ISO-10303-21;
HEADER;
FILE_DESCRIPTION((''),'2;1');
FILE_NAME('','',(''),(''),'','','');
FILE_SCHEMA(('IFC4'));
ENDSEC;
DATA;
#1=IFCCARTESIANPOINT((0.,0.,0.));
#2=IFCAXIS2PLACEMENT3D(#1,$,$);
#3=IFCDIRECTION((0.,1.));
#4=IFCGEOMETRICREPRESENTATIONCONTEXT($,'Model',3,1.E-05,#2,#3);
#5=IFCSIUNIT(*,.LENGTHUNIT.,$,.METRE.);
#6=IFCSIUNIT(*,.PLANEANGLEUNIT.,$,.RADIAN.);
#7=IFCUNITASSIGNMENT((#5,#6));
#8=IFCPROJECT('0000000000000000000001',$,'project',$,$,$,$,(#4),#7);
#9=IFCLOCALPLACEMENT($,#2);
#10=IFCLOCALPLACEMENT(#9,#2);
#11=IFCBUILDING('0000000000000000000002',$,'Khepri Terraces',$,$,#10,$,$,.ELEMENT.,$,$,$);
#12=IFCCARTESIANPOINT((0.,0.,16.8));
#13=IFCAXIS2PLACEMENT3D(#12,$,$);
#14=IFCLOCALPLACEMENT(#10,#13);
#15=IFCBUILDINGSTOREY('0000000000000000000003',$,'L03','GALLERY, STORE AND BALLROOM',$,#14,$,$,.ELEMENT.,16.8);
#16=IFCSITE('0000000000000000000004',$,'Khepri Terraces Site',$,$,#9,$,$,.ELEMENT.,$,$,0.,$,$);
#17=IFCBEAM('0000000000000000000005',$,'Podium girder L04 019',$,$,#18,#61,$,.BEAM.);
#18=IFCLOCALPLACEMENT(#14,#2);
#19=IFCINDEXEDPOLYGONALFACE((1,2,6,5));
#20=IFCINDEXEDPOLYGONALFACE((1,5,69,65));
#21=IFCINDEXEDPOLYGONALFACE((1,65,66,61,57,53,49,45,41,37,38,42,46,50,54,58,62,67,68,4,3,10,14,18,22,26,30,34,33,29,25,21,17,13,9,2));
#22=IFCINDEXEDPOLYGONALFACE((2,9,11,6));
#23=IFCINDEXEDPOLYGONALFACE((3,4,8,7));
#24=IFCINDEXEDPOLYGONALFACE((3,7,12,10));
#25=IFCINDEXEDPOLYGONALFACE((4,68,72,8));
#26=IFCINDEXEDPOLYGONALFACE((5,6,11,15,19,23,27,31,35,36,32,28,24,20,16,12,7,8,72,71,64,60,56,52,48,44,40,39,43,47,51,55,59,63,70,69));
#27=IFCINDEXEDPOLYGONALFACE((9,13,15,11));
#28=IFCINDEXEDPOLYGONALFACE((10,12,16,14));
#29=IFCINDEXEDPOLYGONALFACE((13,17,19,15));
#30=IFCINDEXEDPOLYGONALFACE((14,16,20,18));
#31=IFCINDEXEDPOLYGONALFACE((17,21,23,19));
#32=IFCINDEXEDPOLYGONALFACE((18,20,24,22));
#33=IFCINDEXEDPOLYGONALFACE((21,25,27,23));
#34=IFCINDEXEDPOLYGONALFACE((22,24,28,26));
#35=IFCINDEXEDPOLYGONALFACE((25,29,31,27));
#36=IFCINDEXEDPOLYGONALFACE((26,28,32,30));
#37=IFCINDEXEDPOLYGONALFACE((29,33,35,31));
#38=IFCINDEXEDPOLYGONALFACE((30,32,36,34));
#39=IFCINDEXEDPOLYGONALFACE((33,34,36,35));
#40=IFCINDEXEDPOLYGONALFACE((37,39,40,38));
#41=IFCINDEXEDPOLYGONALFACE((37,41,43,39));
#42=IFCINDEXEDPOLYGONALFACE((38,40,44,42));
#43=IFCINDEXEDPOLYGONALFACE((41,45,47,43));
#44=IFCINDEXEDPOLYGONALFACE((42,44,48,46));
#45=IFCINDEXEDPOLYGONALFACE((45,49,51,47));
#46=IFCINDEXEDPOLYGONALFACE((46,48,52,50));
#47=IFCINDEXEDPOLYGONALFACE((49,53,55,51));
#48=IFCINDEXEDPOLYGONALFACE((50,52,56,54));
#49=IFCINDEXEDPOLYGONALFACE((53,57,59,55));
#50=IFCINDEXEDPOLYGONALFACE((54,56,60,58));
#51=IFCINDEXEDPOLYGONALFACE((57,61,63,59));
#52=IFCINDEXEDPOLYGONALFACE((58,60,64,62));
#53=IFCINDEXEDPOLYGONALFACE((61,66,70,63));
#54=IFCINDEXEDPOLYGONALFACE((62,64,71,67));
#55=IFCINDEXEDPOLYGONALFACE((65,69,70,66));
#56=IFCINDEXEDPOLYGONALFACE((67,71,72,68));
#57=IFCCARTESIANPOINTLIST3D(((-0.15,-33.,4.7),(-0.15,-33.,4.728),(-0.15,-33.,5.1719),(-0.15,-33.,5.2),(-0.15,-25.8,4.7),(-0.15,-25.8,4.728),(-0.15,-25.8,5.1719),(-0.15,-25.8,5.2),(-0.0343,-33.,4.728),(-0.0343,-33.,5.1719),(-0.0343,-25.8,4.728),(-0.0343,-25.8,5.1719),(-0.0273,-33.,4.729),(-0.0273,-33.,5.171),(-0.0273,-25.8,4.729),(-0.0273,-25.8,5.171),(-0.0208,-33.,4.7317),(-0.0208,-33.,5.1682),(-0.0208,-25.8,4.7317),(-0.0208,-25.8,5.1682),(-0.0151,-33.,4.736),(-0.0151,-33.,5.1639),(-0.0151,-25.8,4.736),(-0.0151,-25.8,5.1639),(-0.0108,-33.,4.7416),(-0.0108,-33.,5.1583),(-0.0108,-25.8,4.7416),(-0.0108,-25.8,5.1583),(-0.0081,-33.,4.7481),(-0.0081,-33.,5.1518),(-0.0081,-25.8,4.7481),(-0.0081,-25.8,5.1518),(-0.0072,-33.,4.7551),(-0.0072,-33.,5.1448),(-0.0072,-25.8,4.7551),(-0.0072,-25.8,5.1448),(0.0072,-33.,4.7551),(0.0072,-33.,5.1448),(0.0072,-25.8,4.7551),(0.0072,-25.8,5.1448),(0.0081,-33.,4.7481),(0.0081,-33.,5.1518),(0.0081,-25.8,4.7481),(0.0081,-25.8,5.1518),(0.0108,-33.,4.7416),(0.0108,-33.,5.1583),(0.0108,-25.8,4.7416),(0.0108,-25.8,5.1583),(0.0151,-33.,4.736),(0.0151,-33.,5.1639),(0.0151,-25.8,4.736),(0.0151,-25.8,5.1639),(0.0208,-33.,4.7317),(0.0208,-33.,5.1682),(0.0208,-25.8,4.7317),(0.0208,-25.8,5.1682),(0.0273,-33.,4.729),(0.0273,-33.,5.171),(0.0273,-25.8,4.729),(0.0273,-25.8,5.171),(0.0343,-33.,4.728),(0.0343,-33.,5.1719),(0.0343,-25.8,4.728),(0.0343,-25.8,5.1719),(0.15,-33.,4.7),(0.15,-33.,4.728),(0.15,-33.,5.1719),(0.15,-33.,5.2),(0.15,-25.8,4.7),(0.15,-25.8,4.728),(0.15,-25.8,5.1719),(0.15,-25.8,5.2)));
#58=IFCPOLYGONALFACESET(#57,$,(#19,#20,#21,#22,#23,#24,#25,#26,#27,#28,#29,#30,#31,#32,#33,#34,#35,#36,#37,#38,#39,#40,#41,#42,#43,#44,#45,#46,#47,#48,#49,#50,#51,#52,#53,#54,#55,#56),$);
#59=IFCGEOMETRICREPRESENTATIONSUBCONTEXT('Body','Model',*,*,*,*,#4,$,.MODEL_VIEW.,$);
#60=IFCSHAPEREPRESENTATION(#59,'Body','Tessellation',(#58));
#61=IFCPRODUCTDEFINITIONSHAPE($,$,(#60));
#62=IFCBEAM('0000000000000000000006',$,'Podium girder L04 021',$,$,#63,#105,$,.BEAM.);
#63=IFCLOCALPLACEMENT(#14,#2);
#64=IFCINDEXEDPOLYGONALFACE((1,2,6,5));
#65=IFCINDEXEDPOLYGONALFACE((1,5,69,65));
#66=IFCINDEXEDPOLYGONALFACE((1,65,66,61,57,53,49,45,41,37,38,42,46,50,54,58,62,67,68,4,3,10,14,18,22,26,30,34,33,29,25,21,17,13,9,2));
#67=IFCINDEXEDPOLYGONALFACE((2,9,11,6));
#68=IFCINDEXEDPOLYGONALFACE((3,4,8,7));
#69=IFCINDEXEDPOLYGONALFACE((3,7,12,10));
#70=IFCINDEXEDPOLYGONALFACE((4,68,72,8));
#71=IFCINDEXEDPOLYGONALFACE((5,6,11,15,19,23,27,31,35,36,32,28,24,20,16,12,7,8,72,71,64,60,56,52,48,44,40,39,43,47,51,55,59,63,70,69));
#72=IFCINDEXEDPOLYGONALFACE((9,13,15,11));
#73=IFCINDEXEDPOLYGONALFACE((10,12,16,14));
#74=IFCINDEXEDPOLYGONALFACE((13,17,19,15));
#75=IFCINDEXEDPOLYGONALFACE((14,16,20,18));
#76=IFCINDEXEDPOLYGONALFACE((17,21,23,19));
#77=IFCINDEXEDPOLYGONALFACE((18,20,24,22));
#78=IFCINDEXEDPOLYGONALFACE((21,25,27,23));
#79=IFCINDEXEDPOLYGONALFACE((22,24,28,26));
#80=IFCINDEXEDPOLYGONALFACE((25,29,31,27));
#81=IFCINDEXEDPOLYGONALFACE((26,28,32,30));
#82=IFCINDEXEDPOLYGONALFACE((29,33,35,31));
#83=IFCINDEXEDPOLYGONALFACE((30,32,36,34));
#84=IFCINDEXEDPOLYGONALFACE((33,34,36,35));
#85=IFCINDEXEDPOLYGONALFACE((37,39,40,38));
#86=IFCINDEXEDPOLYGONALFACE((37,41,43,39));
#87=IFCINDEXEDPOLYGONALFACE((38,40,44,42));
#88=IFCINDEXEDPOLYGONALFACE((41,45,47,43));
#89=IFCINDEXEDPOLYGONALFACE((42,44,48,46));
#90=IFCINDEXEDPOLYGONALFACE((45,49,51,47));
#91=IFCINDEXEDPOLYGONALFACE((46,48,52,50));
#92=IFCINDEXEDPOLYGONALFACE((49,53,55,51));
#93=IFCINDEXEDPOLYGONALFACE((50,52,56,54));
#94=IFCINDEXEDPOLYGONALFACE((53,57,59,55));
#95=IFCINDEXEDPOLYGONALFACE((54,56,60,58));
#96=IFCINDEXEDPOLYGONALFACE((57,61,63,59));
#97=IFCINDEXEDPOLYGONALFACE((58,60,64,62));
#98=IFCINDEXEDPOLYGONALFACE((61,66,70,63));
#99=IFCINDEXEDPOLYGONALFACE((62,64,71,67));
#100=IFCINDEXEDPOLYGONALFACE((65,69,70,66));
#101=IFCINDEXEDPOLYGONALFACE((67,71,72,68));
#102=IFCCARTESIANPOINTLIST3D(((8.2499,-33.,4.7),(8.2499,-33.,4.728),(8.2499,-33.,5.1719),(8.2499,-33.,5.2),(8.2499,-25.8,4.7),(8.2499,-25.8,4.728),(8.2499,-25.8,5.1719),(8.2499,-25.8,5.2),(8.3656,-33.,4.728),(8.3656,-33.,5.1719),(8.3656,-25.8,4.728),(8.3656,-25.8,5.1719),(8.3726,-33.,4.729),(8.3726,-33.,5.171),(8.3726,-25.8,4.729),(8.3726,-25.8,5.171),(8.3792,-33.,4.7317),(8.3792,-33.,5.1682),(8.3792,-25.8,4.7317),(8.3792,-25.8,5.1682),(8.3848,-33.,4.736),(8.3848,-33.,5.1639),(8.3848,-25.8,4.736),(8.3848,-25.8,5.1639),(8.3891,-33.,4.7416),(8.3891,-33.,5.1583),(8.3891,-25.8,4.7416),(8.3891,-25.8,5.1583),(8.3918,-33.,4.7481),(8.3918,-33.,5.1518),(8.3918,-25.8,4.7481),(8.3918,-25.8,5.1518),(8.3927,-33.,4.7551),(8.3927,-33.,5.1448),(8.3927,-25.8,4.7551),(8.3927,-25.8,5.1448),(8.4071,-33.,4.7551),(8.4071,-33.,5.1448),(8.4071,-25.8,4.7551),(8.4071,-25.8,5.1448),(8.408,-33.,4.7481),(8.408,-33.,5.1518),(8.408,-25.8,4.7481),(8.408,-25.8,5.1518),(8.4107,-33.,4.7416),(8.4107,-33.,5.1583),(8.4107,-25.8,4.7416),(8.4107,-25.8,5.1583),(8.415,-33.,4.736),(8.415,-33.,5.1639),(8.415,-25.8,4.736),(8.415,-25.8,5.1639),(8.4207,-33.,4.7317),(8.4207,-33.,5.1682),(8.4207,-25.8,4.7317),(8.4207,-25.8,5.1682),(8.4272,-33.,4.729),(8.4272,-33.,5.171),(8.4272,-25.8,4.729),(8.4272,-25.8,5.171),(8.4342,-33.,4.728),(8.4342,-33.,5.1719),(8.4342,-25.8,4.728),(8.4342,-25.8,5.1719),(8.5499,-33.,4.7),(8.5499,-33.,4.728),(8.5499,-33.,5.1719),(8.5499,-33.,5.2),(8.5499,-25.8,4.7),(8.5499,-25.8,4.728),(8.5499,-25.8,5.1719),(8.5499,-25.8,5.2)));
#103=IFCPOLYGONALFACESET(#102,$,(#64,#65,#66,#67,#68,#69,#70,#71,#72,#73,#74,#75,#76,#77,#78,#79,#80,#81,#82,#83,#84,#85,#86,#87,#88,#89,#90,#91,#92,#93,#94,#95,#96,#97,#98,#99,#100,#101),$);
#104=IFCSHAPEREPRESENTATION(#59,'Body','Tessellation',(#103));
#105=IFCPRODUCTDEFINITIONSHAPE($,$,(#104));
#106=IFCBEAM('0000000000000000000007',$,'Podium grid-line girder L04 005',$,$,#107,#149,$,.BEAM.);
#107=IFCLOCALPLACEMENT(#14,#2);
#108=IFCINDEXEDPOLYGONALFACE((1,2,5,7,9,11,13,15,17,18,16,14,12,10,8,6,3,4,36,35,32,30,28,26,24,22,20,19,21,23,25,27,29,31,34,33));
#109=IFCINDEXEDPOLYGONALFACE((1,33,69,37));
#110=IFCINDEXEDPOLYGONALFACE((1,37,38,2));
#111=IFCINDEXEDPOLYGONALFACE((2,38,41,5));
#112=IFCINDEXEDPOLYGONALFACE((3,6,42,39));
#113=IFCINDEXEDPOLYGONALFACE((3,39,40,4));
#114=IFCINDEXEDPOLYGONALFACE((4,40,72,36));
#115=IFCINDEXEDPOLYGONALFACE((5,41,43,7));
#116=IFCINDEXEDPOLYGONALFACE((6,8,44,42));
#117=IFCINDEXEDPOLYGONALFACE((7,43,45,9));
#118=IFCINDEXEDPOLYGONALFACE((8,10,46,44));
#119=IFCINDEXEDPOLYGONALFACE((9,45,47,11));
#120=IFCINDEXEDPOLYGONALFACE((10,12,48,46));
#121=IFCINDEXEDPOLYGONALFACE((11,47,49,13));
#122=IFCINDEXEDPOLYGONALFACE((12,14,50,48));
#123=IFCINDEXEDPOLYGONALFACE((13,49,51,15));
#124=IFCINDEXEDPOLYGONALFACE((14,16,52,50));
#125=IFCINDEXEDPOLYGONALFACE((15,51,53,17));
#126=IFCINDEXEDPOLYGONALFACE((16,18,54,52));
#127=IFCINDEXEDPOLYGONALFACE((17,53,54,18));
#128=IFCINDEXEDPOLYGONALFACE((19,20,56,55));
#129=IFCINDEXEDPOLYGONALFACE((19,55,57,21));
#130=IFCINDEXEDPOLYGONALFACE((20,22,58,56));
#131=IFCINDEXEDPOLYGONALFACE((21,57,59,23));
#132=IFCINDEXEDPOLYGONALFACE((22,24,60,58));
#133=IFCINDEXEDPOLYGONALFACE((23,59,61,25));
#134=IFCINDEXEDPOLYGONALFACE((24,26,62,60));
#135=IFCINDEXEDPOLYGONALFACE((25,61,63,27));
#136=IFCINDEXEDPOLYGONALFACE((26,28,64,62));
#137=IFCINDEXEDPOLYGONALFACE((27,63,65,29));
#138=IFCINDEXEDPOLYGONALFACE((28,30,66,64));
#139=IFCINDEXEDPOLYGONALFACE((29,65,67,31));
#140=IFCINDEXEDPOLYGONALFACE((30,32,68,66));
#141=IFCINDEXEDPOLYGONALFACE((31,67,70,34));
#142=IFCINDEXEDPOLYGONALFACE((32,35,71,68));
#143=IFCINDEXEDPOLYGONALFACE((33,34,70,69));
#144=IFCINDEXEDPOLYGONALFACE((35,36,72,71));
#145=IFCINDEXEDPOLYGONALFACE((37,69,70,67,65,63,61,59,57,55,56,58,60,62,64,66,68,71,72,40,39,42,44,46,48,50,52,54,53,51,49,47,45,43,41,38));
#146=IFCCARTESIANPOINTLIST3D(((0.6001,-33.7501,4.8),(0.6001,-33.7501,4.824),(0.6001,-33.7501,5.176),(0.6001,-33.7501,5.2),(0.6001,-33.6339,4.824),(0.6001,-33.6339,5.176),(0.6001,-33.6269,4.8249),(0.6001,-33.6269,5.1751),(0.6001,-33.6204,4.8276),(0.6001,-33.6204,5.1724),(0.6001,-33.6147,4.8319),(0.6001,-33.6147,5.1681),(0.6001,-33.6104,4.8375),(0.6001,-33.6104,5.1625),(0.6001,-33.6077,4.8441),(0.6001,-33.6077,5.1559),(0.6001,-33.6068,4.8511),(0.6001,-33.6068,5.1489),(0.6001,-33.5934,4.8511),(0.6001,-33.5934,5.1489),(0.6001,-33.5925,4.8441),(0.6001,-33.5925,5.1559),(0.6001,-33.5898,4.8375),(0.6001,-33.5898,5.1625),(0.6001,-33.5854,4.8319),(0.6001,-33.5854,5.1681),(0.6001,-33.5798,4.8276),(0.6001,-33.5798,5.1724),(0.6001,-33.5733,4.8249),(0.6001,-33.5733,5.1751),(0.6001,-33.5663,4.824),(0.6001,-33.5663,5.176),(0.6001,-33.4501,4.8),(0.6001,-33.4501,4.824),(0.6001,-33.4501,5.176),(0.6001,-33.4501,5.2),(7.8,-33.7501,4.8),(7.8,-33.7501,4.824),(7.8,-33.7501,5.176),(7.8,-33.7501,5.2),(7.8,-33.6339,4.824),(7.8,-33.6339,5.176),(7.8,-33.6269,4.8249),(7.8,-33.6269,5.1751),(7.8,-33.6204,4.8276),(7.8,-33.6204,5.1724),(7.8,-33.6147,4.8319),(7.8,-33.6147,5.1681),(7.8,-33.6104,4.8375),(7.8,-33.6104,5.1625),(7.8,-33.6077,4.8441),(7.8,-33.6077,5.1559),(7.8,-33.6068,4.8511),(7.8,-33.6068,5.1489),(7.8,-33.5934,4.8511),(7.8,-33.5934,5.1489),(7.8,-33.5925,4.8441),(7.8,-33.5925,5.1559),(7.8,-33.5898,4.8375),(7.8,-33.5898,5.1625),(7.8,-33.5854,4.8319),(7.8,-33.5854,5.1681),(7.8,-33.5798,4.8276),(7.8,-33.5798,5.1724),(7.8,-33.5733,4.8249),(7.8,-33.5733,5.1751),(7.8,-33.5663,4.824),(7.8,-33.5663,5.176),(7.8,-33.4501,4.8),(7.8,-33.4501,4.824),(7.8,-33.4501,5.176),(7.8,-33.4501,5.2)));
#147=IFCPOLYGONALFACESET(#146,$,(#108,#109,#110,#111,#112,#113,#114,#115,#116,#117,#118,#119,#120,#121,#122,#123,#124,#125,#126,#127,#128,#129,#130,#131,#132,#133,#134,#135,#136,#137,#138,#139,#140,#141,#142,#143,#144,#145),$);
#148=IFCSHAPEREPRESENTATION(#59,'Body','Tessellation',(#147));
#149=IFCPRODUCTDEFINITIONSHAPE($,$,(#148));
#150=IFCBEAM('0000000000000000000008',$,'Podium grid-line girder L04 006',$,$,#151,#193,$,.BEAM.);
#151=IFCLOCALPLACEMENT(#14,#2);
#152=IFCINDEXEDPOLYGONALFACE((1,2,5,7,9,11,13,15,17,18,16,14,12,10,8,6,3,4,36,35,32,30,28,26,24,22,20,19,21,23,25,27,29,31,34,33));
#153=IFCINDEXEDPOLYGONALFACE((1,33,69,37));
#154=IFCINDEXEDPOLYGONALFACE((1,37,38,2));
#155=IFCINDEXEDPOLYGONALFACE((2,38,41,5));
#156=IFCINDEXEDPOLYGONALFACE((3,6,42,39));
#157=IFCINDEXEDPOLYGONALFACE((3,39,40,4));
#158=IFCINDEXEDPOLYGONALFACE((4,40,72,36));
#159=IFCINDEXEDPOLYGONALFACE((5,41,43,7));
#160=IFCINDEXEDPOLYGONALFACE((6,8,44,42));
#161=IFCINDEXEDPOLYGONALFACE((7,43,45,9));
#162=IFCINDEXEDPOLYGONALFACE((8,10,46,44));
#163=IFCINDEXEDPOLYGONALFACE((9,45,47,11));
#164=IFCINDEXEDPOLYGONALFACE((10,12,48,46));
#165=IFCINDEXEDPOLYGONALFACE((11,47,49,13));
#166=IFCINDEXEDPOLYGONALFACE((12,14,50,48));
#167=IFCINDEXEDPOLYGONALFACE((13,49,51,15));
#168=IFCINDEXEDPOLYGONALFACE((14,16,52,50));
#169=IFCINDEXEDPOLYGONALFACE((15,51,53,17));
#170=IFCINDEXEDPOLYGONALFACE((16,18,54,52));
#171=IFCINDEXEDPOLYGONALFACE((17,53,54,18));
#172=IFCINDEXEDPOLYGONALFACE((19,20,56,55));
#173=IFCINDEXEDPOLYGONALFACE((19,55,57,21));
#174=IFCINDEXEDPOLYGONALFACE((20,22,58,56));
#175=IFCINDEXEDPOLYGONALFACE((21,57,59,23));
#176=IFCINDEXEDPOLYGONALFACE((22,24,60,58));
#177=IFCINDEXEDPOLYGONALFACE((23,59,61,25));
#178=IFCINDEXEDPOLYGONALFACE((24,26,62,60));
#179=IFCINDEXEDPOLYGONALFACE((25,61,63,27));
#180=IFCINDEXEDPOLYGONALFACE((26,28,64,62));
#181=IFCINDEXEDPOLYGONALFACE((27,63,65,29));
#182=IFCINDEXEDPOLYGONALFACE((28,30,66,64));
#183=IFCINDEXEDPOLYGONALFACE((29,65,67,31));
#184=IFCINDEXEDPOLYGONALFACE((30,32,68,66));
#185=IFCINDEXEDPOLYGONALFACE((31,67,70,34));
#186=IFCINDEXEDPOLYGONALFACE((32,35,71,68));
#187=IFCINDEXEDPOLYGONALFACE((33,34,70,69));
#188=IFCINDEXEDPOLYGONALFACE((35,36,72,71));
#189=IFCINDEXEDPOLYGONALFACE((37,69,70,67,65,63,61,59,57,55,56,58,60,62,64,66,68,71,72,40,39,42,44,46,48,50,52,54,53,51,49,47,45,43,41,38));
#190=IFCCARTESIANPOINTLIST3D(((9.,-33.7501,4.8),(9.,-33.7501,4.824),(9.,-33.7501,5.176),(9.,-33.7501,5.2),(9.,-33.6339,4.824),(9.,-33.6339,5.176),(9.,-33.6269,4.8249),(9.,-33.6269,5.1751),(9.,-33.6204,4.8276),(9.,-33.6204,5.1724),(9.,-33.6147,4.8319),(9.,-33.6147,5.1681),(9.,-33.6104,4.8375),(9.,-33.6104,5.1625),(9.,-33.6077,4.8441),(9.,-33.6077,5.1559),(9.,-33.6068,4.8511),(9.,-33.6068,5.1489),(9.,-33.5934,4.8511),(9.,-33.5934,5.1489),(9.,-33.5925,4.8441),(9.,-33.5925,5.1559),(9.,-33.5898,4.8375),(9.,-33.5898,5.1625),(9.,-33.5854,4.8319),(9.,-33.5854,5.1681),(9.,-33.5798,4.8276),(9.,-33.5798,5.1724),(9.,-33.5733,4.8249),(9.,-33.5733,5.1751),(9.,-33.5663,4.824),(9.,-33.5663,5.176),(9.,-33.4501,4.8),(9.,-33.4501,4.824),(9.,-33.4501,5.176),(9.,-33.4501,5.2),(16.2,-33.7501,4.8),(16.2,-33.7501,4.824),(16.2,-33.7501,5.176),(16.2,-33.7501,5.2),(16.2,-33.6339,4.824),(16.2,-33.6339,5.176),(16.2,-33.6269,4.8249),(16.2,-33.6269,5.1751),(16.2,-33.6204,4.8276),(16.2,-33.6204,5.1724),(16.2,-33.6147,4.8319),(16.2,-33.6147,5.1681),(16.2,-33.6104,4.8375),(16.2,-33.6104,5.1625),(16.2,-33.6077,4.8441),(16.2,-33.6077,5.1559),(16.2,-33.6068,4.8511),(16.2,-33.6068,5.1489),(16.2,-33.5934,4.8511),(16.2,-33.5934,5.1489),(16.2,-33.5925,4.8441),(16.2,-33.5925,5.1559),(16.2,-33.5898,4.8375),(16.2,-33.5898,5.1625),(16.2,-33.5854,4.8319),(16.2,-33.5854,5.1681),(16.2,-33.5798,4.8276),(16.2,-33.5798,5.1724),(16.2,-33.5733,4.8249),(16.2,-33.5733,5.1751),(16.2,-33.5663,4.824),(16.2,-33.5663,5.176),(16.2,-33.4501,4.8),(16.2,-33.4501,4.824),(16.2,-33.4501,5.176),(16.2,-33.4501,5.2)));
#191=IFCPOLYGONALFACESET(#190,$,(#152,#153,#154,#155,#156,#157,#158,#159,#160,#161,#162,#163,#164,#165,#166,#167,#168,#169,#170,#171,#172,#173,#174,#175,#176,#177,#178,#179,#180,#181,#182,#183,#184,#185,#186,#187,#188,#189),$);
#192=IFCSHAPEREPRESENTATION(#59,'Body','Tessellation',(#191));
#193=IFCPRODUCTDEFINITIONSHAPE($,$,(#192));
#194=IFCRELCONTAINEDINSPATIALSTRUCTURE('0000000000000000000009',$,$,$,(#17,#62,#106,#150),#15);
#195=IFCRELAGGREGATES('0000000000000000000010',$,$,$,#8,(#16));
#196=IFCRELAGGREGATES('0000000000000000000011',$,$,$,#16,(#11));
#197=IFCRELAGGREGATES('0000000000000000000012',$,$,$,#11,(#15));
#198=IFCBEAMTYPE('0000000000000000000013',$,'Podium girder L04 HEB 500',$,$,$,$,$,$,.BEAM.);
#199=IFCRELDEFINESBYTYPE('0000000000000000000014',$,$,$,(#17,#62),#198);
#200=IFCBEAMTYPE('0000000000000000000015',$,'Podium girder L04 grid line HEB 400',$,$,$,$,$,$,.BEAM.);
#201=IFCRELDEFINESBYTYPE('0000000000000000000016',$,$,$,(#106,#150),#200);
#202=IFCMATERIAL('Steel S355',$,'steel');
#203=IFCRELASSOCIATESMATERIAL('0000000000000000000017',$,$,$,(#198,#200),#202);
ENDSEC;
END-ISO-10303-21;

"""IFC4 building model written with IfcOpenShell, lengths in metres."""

from ifc_helpers import new_model, si_unit, direction, frame, origin, origin_2d, place, context, subcontext, project, spatial, i_section, extrude, material, material_profile, profile_set, type_object, element, save


model = new_model("IFC4")

# Units and contexts
model_context = context("Model", 3, precision=1e-05, world=origin(), true_north=direction((0.0, 1.0)))
body_context = subcontext(model_context, "Body", "Model", "MODEL_VIEW")
ifc_project = project(units=[si_unit("LENGTHUNIT", "METRE"), si_unit("PLANEANGLEUNIT", "RADIAN")], contexts=[model_context])

# Site, building, storey
site_placement = place(None, origin())
site = spatial("IfcSite", under=ifc_project, at=site_placement, Name="Khepri Terraces Site", CompositionType="ELEMENT", RefElevation=0.0)
building_placement = place(site_placement, origin())
building = spatial("IfcBuilding", under=site, at=building_placement, Name="Khepri Terraces", CompositionType="ELEMENT")
storey_placement = place(building_placement, frame((0.0, 0.0, 16.8)))
storey = spatial("IfcBuildingStorey", under=building, at=storey_placement, Name="L03", Description="GALLERY, STORE AND BALLROOM", CompositionType="ELEMENT", Elevation=16.8)

# Beams
ifc_material_1 = material(Name="Steel S355", Category="steel")
ifc_material_profile_1 = material_profile(ifc_material_1, i_section(OverallWidth=0.3, OverallDepth=0.5, WebThickness=0.0144, FlangeThickness=0.0281, FilletRadius=0.0271, at=origin_2d()), Name="Steel S355", Category="steel")
ifc_profile_set_1 = profile_set([ifc_material_profile_1], Name="Steel S355")
beam_type_1 = type_object("IfcBeamType", Name="Podium girder L04 HEB 500", PredefinedType="BEAM", material=ifc_profile_set_1)
for number, where, z_axis, x_axis, name in (
    (1, (0.0, -33.0, 4.95), (0.0, 1.0, 0.0), (-1.0, 0.0, 0.0), "Podium girder L04 019"),
    (2, (8.3999, -33.0, 4.95), (0.0, 1.0, 0.0), (-1.0, 0.0, 0.0), "Podium girder L04 021"),
):
    element("IfcBeam", number, at=place(storey_placement, frame(where, z_axis=z_axis, x_axis=x_axis)), inside=storey, type_object=beam_type_1, Name=name, PredefinedType="BEAM", context=body_context, shape_type="SweptSolid", body=[
        extrude(i_section(OverallWidth=0.3, OverallDepth=0.5, WebThickness=0.0144, FlangeThickness=0.0281, FilletRadius=0.0271, at=origin_2d()), origin(), (0.0, 0.0, 1.0), 7.2),
    ])
ifc_material_profile_2 = material_profile(ifc_material_1, i_section(OverallWidth=0.3, OverallDepth=0.3999, WebThickness=0.0134, FlangeThickness=0.0239, FilletRadius=0.0271, at=origin_2d()), Name="Steel S355", Category="steel")
ifc_profile_set_2 = profile_set([ifc_material_profile_2], Name="Steel S355")
beam_type_2 = type_object("IfcBeamType", Name="Podium girder L04 grid line HEB 400", PredefinedType="BEAM", material=ifc_profile_set_2)
for number, where, z_axis, x_axis, name in (
    (3, (0.6001, -33.6001, 5.0), (1.0, 0.0, 0.0), (0.0, 1.0, 0.0), "Podium grid-line girder L04 005"),
    (4, (9.0, -33.6001, 5.0), (1.0, 0.0, 0.0), (0.0, 1.0, 0.0), "Podium grid-line girder L04 006"),
):
    element("IfcBeam", number, at=place(storey_placement, frame(where, z_axis=z_axis, x_axis=x_axis)), inside=storey, type_object=beam_type_2, Name=name, PredefinedType="BEAM", context=body_context, shape_type="SweptSolid", body=[
        extrude(i_section(OverallWidth=0.3, OverallDepth=0.3999, WebThickness=0.0134, FlangeThickness=0.0239, FilletRadius=0.0271, at=origin_2d()), origin(), (0.0, 0.0, 1.0), 7.2),
    ])

save(model, "model.ifc")
